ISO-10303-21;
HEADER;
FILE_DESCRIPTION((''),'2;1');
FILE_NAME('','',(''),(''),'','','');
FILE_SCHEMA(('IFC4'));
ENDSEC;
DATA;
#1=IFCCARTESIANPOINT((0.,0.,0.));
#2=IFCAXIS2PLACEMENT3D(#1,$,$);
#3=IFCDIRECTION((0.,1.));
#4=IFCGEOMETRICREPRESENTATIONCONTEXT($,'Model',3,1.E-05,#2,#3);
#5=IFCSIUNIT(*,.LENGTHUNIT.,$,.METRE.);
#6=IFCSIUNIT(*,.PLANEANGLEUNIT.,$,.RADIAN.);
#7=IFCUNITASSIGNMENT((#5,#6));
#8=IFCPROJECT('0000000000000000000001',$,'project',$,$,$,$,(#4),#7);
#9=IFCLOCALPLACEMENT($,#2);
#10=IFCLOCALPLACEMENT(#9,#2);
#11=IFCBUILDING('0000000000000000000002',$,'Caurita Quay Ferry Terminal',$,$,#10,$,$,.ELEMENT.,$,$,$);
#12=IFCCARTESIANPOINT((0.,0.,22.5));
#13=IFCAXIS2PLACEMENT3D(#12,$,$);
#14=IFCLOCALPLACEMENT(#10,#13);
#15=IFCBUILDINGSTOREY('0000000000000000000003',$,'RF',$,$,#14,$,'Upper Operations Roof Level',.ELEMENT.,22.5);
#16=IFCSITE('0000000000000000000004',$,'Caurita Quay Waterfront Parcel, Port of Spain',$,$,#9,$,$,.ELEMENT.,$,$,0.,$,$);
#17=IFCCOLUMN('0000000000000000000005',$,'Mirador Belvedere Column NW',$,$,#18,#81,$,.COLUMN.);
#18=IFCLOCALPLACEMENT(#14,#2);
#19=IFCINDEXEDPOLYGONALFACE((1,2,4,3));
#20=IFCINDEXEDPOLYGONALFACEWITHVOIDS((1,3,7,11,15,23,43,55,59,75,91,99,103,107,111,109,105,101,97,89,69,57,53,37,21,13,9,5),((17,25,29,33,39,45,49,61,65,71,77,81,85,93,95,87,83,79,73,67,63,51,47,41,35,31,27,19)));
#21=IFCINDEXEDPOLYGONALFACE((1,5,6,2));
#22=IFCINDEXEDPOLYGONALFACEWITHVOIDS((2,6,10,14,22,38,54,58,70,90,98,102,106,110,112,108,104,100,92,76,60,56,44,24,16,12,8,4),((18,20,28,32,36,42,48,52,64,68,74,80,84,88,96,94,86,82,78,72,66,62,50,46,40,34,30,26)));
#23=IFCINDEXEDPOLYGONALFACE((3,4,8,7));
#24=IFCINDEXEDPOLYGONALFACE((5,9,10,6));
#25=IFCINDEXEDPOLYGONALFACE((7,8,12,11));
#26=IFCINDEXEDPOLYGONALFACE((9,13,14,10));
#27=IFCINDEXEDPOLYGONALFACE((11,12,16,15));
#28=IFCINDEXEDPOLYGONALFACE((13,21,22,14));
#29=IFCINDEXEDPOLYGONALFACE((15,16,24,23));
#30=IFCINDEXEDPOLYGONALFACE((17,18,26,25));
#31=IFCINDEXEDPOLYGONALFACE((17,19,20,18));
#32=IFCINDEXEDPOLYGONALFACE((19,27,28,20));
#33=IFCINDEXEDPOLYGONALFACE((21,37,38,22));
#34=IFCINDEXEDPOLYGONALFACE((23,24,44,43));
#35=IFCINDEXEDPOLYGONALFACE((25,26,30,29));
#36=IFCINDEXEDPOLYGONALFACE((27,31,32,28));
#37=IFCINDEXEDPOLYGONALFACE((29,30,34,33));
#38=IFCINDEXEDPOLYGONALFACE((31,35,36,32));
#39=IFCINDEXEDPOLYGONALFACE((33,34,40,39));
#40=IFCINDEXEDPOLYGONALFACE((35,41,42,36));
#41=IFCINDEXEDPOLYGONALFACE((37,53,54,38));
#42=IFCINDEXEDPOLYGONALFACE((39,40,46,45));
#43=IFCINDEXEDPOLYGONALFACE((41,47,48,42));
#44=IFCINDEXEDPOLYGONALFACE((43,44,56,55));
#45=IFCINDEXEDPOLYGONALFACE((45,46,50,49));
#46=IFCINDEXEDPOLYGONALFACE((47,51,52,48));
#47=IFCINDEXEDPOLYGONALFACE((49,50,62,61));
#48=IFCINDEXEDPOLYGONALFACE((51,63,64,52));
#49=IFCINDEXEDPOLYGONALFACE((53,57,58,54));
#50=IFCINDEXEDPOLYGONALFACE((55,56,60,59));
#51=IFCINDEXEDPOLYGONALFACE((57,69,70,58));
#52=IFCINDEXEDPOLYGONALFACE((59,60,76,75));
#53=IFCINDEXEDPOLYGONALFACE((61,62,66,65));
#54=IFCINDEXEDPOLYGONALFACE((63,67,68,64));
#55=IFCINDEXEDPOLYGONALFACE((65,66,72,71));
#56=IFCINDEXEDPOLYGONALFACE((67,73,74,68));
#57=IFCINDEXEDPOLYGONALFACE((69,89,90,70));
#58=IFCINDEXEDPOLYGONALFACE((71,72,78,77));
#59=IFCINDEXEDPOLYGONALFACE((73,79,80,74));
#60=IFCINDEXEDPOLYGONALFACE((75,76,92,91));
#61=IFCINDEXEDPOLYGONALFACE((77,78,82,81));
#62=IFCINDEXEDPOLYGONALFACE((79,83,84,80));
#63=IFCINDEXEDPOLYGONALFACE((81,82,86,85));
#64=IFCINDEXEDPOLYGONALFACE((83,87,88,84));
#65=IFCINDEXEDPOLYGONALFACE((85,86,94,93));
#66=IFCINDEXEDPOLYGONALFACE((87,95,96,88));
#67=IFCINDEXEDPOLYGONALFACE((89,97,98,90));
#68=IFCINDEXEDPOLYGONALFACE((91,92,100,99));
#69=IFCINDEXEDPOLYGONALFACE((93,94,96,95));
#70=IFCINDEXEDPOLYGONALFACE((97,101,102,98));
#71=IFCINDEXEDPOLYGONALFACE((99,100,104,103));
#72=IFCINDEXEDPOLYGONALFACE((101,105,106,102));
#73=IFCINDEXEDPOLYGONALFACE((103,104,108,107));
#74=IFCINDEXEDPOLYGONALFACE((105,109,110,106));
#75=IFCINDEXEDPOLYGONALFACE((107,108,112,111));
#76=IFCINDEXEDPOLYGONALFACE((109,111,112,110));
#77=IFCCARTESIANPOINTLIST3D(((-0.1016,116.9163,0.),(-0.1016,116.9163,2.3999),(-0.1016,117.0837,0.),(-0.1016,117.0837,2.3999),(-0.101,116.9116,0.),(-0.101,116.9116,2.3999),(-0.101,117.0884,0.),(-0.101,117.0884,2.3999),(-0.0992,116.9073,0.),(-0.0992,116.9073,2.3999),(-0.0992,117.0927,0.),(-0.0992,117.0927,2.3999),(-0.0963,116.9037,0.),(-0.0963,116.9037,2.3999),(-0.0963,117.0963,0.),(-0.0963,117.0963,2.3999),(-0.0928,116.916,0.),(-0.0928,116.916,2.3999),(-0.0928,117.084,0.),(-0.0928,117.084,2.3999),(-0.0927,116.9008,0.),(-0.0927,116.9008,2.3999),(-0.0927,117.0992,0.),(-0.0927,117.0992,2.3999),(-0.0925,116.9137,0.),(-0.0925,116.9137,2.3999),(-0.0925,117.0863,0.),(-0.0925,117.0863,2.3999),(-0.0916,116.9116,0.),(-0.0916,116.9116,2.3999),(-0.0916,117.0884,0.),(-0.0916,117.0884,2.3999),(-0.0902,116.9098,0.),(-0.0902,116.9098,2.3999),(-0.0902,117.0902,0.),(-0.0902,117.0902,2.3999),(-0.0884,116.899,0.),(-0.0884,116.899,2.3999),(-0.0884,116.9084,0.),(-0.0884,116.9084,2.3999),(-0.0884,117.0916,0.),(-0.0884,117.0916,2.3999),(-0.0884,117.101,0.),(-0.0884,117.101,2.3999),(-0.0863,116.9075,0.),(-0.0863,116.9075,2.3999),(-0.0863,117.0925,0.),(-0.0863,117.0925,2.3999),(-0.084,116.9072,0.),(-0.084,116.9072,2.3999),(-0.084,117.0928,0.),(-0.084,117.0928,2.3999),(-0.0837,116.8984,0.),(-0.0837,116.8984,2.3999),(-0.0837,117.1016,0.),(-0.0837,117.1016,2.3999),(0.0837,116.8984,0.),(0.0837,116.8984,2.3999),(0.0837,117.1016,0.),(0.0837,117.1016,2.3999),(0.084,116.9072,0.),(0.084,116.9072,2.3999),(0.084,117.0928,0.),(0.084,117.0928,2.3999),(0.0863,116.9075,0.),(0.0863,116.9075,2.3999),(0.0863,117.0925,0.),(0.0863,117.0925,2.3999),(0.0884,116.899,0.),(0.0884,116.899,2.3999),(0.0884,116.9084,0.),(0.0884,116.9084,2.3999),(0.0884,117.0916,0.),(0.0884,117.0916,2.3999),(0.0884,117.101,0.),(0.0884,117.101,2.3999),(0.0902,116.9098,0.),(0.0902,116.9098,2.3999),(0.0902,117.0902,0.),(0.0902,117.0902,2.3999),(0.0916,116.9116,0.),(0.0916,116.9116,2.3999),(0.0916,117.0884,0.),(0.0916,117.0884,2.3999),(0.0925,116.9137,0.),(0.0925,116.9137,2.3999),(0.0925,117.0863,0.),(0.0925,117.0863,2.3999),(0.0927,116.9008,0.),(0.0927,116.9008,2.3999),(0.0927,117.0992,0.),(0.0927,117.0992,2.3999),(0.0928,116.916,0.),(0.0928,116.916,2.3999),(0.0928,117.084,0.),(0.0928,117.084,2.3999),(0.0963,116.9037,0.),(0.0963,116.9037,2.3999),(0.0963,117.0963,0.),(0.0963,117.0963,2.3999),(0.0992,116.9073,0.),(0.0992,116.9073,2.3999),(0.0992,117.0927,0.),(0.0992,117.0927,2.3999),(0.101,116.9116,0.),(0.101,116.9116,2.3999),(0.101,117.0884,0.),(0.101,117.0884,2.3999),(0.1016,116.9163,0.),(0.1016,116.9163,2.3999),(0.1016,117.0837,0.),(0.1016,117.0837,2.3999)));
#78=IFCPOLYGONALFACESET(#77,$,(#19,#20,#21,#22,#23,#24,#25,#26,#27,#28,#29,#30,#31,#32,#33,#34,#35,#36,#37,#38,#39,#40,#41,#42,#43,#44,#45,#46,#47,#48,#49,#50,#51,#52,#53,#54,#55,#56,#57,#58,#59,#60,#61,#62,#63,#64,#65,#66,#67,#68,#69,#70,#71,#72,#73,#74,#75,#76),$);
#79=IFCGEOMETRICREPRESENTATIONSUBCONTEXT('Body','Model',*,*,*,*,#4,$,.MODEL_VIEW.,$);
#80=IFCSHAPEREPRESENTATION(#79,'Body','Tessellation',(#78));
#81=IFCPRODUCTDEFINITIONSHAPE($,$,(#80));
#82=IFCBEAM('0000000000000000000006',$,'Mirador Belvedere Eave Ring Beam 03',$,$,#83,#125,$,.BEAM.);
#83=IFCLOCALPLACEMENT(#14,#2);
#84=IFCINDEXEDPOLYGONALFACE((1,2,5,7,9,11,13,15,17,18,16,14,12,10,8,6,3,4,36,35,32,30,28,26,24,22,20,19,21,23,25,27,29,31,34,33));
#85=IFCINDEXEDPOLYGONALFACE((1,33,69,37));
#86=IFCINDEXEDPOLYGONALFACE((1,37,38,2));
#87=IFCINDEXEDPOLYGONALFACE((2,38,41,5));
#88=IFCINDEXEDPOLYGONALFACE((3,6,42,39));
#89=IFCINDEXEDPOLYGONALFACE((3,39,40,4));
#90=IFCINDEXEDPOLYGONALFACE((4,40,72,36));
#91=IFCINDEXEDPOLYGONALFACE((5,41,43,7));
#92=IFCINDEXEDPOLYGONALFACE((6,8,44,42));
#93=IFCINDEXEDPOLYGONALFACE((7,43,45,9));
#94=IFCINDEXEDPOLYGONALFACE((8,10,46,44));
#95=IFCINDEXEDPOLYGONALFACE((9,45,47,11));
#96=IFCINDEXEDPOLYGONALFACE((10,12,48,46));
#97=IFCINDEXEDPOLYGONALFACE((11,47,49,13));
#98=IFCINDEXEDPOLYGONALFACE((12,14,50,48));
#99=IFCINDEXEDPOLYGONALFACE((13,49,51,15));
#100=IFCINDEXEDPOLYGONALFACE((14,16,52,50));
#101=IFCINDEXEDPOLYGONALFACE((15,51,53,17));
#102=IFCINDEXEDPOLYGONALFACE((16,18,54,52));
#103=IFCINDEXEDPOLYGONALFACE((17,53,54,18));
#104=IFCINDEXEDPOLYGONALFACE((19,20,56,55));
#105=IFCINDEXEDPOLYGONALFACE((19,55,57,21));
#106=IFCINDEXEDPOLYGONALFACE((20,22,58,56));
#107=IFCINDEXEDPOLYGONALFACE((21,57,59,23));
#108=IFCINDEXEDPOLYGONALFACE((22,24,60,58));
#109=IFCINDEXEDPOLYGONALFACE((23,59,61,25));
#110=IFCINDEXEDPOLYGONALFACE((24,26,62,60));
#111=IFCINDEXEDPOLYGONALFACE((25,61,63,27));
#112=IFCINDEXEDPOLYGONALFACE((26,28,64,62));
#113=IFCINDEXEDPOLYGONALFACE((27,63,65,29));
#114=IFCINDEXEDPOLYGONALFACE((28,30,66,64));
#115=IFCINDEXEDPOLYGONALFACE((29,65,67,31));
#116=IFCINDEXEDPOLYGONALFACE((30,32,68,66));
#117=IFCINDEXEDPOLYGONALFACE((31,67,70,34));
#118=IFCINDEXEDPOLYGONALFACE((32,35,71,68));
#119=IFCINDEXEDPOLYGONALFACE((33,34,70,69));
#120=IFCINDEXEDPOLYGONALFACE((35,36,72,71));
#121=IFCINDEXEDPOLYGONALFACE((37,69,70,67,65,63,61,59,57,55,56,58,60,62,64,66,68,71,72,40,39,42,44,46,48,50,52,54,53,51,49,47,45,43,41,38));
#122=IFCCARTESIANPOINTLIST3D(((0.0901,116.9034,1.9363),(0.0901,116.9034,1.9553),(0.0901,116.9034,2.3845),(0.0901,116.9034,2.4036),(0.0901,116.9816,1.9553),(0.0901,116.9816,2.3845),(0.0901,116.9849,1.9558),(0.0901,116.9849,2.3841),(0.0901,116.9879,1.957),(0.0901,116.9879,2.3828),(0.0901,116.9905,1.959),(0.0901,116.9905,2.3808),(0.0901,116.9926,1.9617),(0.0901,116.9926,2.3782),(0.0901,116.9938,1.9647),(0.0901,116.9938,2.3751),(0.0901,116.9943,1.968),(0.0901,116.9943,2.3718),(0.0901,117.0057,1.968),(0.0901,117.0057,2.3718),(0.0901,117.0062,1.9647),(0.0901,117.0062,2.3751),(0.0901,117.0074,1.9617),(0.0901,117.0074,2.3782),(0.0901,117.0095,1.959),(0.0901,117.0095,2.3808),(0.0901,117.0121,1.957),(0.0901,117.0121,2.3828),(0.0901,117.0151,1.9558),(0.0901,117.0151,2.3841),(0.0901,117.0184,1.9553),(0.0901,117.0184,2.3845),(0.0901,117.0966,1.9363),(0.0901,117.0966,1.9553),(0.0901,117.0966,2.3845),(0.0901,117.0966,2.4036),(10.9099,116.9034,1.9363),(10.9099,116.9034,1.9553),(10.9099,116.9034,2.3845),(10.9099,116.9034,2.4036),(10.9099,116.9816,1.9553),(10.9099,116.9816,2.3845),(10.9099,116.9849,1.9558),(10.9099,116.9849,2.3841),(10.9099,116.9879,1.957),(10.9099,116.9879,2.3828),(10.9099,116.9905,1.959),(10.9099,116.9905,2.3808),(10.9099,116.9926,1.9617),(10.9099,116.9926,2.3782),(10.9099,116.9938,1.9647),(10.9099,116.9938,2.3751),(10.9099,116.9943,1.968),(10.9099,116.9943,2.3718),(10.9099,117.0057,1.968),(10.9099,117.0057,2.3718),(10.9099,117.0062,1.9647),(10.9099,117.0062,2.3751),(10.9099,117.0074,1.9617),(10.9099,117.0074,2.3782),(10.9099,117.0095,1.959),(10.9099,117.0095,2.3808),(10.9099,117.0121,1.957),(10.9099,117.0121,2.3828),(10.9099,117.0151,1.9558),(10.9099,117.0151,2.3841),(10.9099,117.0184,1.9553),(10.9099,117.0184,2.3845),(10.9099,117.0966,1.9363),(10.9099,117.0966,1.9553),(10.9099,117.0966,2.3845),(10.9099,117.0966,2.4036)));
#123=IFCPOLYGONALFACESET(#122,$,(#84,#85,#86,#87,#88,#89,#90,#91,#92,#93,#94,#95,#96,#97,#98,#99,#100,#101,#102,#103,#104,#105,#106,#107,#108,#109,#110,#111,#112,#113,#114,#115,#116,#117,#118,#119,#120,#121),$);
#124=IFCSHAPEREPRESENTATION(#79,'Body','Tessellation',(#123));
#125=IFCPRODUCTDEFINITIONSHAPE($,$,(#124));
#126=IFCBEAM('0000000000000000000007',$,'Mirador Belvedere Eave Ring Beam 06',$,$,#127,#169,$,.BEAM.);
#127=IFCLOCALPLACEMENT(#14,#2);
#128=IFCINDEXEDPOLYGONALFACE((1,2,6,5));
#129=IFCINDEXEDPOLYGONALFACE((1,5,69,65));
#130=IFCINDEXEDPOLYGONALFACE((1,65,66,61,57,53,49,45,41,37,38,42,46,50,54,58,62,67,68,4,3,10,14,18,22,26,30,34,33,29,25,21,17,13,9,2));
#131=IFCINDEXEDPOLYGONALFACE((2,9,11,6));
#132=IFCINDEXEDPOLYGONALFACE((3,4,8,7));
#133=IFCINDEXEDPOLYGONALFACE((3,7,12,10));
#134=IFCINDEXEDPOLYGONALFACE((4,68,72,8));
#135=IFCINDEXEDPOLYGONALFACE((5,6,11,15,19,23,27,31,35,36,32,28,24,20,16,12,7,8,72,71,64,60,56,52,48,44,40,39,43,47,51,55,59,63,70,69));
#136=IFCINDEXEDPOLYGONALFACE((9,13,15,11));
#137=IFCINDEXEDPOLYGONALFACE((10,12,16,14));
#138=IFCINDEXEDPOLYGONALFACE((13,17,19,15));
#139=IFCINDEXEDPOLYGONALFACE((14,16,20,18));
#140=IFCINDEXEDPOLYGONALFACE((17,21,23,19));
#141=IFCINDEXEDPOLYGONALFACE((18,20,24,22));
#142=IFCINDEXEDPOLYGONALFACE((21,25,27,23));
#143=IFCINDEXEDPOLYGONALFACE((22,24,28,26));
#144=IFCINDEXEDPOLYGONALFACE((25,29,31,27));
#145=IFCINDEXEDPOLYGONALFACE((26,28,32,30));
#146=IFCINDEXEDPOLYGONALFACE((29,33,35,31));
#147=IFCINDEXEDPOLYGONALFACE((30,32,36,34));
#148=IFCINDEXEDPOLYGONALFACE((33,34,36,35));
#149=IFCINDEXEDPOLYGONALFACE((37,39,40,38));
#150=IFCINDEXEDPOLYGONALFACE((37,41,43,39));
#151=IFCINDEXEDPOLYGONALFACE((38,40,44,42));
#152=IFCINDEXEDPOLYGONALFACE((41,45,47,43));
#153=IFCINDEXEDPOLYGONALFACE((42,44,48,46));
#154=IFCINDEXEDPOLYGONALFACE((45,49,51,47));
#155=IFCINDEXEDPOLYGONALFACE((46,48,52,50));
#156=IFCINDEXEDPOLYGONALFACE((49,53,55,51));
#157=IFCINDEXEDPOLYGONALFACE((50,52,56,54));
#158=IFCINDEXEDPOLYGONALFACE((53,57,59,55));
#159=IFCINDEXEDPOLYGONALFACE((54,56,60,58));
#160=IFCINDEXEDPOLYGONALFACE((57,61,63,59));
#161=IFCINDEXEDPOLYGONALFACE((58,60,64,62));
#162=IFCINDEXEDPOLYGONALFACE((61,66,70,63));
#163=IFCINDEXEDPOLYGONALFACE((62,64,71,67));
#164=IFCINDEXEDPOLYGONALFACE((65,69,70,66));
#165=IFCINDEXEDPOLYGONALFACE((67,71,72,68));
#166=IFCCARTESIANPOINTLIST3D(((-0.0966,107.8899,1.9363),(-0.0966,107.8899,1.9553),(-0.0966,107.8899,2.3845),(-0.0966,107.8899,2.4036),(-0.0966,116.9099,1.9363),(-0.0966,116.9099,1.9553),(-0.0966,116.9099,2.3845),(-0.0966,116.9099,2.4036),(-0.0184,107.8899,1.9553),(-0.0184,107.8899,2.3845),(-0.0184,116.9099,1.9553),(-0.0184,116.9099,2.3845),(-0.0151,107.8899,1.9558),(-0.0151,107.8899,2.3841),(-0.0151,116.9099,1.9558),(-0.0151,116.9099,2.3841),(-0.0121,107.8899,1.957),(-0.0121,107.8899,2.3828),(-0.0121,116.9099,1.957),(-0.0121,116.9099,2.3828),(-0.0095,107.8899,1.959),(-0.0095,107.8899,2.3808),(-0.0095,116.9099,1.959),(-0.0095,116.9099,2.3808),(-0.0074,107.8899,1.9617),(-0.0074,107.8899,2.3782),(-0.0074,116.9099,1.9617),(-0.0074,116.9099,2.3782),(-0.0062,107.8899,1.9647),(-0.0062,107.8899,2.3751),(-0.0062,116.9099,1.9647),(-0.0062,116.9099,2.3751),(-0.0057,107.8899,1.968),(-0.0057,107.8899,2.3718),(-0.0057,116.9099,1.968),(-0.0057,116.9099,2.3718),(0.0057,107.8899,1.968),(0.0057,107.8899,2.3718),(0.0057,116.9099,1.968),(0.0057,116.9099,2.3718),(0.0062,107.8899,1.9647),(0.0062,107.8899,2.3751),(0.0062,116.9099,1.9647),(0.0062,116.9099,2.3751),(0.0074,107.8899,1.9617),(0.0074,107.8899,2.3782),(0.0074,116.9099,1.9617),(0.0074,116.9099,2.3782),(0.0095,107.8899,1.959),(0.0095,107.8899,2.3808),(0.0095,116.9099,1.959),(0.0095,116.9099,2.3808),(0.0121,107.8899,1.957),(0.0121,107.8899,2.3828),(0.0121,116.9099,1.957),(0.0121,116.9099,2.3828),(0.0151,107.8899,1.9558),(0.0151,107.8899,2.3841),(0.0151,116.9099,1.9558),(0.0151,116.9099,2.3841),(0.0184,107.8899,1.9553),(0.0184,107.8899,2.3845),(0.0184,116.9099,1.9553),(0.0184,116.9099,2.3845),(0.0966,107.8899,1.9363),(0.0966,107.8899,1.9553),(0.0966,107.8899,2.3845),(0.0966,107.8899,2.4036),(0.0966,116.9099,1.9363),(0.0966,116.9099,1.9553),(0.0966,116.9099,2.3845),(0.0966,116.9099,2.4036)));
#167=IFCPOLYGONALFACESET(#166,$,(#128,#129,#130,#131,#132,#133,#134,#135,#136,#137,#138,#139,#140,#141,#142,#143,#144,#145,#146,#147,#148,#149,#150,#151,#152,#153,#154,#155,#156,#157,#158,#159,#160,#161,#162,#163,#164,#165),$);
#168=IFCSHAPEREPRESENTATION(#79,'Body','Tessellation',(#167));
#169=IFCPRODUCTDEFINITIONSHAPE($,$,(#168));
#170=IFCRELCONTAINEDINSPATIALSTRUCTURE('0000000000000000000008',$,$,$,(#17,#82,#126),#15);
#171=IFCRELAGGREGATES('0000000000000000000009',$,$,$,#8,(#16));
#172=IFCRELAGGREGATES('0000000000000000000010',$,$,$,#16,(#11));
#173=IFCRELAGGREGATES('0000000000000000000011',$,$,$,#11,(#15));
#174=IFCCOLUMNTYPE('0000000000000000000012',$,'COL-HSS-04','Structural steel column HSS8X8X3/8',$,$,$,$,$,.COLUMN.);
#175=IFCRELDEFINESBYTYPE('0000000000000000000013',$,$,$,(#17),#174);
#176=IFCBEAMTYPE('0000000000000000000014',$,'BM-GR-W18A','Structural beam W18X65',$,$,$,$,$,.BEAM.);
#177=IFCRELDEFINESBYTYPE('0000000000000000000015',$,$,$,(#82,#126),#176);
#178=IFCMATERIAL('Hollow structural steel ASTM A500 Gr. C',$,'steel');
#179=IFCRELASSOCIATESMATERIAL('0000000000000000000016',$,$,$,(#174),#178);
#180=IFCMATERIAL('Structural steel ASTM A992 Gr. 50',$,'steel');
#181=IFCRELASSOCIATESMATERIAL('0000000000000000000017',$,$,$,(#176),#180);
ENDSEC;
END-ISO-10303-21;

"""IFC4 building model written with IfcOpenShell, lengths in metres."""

from ifc_helpers import new_model, si_unit, direction, frame, origin, origin_2d, place, context, subcontext, project, spatial, hollow_rectangle, i_section, extrude, material, material_profile, profile_set, type_object, element, save


model = new_model("IFC4")

# Units and contexts
model_context = context("Model", 3, precision=1e-05, world=origin(), true_north=direction((0.0, 1.0)))
body_context = subcontext(model_context, "Body", "Model", "MODEL_VIEW")
ifc_project = project(units=[si_unit("LENGTHUNIT", "METRE"), si_unit("PLANEANGLEUNIT", "RADIAN")], contexts=[model_context])

# Site, building, storey
site_placement = place(None, origin())
site = spatial("IfcSite", under=ifc_project, at=site_placement, Name="Caurita Quay Waterfront Parcel, Port of Spain", CompositionType="ELEMENT", RefElevation=0.0)
building_placement = place(site_placement, origin())
building = spatial("IfcBuilding", under=site, at=building_placement, Name="Caurita Quay Ferry Terminal", CompositionType="ELEMENT")
storey_placement = place(building_placement, frame((0.0, 0.0, 22.5)))
storey = spatial("IfcBuildingStorey", under=building, at=storey_placement, Name="RF", LongName="Upper Operations Roof Level", CompositionType="ELEMENT", Elevation=22.5)

# Column
ifc_material_1 = material(Name="Hollow structural steel ASTM A500 Gr. C", Category="steel")
ifc_material_profile_1 = material_profile(ifc_material_1, hollow_rectangle(XDim=0.2031, YDim=0.2031, WallThickness=0.0088, InnerFilletRadius=0.0088, OuterFilletRadius=0.0178, at=origin_2d()), Name="HSS8X8X3/8")
ifc_profile_set_1 = profile_set([ifc_material_profile_1], Name="Hollow structural steel ASTM A500 Gr. C")
column_type = type_object("IfcColumnType", Name="COL-HSS-04", Description="Structural steel column HSS8X8X3/8", PredefinedType="COLUMN", material=ifc_profile_set_1)
column_1_placement = place(storey_placement, frame((0.0, 117.0, 0.0), z_axis=(0.0, 0.0, 1.0), x_axis=(1.0, 0.0, 0.0)))
element("IfcColumn", 1, at=column_1_placement, inside=storey, type_object=column_type, Name="Mirador Belvedere Column NW", PredefinedType="COLUMN", context=body_context, shape_type="SweptSolid", body=[
    extrude(hollow_rectangle(XDim=0.2031, YDim=0.2031, WallThickness=0.0088, InnerFilletRadius=0.0088, OuterFilletRadius=0.0178, at=origin_2d()), origin(), (0.0, 0.0, 1.0), 2.3999),
])

# Beams
ifc_material_2 = material(Name="Structural steel ASTM A992 Gr. 50", Category="steel")
ifc_material_profile_2 = material_profile(ifc_material_2, i_section(OverallWidth=0.1931, OverallDepth=0.4673, WebThickness=0.0115, FlangeThickness=0.019, FilletRadius=0.0127, at=origin_2d()), Name="W18X65")
ifc_profile_set_2 = profile_set([ifc_material_profile_2], Name="Structural steel ASTM A992 Gr. 50")
beam_type_1 = type_object("IfcBeamType", Name="BM-GR-W18A", Description="Structural beam W18X65", PredefinedType="BEAM", material=ifc_profile_set_2)
beam_1_placement = place(storey_placement, frame((0.0901, 117.0, 2.1699), z_axis=(1.0, 0.0, 0.0), x_axis=(0.0, 1.0, 0.0)))
element("IfcBeam", 2, at=beam_1_placement, inside=storey, type_object=beam_type_1, Name="Mirador Belvedere Eave Ring Beam 03", PredefinedType="BEAM", context=body_context, shape_type="SweptSolid", body=[
    extrude(i_section(OverallWidth=0.1931, OverallDepth=0.4673, WebThickness=0.0115, FlangeThickness=0.019, FilletRadius=0.0127, at=origin_2d()), origin(), (0.0, 0.0, 1.0), 10.8198),
])
beam_2_placement = place(storey_placement, frame((0.0, 107.8899, 2.1699), z_axis=(0.0, 1.0, 0.0), x_axis=(-1.0, 0.0, 0.0)))
element("IfcBeam", 3, at=beam_2_placement, inside=storey, type_object=beam_type_1, Name="Mirador Belvedere Eave Ring Beam 06", PredefinedType="BEAM", context=body_context, shape_type="SweptSolid", body=[
    extrude(i_section(OverallWidth=0.1931, OverallDepth=0.4673, WebThickness=0.0115, FlangeThickness=0.019, FilletRadius=0.0127, at=origin_2d()), origin(), (0.0, 0.0, 1.0), 9.02),
])

save(model, "model.ifc")
